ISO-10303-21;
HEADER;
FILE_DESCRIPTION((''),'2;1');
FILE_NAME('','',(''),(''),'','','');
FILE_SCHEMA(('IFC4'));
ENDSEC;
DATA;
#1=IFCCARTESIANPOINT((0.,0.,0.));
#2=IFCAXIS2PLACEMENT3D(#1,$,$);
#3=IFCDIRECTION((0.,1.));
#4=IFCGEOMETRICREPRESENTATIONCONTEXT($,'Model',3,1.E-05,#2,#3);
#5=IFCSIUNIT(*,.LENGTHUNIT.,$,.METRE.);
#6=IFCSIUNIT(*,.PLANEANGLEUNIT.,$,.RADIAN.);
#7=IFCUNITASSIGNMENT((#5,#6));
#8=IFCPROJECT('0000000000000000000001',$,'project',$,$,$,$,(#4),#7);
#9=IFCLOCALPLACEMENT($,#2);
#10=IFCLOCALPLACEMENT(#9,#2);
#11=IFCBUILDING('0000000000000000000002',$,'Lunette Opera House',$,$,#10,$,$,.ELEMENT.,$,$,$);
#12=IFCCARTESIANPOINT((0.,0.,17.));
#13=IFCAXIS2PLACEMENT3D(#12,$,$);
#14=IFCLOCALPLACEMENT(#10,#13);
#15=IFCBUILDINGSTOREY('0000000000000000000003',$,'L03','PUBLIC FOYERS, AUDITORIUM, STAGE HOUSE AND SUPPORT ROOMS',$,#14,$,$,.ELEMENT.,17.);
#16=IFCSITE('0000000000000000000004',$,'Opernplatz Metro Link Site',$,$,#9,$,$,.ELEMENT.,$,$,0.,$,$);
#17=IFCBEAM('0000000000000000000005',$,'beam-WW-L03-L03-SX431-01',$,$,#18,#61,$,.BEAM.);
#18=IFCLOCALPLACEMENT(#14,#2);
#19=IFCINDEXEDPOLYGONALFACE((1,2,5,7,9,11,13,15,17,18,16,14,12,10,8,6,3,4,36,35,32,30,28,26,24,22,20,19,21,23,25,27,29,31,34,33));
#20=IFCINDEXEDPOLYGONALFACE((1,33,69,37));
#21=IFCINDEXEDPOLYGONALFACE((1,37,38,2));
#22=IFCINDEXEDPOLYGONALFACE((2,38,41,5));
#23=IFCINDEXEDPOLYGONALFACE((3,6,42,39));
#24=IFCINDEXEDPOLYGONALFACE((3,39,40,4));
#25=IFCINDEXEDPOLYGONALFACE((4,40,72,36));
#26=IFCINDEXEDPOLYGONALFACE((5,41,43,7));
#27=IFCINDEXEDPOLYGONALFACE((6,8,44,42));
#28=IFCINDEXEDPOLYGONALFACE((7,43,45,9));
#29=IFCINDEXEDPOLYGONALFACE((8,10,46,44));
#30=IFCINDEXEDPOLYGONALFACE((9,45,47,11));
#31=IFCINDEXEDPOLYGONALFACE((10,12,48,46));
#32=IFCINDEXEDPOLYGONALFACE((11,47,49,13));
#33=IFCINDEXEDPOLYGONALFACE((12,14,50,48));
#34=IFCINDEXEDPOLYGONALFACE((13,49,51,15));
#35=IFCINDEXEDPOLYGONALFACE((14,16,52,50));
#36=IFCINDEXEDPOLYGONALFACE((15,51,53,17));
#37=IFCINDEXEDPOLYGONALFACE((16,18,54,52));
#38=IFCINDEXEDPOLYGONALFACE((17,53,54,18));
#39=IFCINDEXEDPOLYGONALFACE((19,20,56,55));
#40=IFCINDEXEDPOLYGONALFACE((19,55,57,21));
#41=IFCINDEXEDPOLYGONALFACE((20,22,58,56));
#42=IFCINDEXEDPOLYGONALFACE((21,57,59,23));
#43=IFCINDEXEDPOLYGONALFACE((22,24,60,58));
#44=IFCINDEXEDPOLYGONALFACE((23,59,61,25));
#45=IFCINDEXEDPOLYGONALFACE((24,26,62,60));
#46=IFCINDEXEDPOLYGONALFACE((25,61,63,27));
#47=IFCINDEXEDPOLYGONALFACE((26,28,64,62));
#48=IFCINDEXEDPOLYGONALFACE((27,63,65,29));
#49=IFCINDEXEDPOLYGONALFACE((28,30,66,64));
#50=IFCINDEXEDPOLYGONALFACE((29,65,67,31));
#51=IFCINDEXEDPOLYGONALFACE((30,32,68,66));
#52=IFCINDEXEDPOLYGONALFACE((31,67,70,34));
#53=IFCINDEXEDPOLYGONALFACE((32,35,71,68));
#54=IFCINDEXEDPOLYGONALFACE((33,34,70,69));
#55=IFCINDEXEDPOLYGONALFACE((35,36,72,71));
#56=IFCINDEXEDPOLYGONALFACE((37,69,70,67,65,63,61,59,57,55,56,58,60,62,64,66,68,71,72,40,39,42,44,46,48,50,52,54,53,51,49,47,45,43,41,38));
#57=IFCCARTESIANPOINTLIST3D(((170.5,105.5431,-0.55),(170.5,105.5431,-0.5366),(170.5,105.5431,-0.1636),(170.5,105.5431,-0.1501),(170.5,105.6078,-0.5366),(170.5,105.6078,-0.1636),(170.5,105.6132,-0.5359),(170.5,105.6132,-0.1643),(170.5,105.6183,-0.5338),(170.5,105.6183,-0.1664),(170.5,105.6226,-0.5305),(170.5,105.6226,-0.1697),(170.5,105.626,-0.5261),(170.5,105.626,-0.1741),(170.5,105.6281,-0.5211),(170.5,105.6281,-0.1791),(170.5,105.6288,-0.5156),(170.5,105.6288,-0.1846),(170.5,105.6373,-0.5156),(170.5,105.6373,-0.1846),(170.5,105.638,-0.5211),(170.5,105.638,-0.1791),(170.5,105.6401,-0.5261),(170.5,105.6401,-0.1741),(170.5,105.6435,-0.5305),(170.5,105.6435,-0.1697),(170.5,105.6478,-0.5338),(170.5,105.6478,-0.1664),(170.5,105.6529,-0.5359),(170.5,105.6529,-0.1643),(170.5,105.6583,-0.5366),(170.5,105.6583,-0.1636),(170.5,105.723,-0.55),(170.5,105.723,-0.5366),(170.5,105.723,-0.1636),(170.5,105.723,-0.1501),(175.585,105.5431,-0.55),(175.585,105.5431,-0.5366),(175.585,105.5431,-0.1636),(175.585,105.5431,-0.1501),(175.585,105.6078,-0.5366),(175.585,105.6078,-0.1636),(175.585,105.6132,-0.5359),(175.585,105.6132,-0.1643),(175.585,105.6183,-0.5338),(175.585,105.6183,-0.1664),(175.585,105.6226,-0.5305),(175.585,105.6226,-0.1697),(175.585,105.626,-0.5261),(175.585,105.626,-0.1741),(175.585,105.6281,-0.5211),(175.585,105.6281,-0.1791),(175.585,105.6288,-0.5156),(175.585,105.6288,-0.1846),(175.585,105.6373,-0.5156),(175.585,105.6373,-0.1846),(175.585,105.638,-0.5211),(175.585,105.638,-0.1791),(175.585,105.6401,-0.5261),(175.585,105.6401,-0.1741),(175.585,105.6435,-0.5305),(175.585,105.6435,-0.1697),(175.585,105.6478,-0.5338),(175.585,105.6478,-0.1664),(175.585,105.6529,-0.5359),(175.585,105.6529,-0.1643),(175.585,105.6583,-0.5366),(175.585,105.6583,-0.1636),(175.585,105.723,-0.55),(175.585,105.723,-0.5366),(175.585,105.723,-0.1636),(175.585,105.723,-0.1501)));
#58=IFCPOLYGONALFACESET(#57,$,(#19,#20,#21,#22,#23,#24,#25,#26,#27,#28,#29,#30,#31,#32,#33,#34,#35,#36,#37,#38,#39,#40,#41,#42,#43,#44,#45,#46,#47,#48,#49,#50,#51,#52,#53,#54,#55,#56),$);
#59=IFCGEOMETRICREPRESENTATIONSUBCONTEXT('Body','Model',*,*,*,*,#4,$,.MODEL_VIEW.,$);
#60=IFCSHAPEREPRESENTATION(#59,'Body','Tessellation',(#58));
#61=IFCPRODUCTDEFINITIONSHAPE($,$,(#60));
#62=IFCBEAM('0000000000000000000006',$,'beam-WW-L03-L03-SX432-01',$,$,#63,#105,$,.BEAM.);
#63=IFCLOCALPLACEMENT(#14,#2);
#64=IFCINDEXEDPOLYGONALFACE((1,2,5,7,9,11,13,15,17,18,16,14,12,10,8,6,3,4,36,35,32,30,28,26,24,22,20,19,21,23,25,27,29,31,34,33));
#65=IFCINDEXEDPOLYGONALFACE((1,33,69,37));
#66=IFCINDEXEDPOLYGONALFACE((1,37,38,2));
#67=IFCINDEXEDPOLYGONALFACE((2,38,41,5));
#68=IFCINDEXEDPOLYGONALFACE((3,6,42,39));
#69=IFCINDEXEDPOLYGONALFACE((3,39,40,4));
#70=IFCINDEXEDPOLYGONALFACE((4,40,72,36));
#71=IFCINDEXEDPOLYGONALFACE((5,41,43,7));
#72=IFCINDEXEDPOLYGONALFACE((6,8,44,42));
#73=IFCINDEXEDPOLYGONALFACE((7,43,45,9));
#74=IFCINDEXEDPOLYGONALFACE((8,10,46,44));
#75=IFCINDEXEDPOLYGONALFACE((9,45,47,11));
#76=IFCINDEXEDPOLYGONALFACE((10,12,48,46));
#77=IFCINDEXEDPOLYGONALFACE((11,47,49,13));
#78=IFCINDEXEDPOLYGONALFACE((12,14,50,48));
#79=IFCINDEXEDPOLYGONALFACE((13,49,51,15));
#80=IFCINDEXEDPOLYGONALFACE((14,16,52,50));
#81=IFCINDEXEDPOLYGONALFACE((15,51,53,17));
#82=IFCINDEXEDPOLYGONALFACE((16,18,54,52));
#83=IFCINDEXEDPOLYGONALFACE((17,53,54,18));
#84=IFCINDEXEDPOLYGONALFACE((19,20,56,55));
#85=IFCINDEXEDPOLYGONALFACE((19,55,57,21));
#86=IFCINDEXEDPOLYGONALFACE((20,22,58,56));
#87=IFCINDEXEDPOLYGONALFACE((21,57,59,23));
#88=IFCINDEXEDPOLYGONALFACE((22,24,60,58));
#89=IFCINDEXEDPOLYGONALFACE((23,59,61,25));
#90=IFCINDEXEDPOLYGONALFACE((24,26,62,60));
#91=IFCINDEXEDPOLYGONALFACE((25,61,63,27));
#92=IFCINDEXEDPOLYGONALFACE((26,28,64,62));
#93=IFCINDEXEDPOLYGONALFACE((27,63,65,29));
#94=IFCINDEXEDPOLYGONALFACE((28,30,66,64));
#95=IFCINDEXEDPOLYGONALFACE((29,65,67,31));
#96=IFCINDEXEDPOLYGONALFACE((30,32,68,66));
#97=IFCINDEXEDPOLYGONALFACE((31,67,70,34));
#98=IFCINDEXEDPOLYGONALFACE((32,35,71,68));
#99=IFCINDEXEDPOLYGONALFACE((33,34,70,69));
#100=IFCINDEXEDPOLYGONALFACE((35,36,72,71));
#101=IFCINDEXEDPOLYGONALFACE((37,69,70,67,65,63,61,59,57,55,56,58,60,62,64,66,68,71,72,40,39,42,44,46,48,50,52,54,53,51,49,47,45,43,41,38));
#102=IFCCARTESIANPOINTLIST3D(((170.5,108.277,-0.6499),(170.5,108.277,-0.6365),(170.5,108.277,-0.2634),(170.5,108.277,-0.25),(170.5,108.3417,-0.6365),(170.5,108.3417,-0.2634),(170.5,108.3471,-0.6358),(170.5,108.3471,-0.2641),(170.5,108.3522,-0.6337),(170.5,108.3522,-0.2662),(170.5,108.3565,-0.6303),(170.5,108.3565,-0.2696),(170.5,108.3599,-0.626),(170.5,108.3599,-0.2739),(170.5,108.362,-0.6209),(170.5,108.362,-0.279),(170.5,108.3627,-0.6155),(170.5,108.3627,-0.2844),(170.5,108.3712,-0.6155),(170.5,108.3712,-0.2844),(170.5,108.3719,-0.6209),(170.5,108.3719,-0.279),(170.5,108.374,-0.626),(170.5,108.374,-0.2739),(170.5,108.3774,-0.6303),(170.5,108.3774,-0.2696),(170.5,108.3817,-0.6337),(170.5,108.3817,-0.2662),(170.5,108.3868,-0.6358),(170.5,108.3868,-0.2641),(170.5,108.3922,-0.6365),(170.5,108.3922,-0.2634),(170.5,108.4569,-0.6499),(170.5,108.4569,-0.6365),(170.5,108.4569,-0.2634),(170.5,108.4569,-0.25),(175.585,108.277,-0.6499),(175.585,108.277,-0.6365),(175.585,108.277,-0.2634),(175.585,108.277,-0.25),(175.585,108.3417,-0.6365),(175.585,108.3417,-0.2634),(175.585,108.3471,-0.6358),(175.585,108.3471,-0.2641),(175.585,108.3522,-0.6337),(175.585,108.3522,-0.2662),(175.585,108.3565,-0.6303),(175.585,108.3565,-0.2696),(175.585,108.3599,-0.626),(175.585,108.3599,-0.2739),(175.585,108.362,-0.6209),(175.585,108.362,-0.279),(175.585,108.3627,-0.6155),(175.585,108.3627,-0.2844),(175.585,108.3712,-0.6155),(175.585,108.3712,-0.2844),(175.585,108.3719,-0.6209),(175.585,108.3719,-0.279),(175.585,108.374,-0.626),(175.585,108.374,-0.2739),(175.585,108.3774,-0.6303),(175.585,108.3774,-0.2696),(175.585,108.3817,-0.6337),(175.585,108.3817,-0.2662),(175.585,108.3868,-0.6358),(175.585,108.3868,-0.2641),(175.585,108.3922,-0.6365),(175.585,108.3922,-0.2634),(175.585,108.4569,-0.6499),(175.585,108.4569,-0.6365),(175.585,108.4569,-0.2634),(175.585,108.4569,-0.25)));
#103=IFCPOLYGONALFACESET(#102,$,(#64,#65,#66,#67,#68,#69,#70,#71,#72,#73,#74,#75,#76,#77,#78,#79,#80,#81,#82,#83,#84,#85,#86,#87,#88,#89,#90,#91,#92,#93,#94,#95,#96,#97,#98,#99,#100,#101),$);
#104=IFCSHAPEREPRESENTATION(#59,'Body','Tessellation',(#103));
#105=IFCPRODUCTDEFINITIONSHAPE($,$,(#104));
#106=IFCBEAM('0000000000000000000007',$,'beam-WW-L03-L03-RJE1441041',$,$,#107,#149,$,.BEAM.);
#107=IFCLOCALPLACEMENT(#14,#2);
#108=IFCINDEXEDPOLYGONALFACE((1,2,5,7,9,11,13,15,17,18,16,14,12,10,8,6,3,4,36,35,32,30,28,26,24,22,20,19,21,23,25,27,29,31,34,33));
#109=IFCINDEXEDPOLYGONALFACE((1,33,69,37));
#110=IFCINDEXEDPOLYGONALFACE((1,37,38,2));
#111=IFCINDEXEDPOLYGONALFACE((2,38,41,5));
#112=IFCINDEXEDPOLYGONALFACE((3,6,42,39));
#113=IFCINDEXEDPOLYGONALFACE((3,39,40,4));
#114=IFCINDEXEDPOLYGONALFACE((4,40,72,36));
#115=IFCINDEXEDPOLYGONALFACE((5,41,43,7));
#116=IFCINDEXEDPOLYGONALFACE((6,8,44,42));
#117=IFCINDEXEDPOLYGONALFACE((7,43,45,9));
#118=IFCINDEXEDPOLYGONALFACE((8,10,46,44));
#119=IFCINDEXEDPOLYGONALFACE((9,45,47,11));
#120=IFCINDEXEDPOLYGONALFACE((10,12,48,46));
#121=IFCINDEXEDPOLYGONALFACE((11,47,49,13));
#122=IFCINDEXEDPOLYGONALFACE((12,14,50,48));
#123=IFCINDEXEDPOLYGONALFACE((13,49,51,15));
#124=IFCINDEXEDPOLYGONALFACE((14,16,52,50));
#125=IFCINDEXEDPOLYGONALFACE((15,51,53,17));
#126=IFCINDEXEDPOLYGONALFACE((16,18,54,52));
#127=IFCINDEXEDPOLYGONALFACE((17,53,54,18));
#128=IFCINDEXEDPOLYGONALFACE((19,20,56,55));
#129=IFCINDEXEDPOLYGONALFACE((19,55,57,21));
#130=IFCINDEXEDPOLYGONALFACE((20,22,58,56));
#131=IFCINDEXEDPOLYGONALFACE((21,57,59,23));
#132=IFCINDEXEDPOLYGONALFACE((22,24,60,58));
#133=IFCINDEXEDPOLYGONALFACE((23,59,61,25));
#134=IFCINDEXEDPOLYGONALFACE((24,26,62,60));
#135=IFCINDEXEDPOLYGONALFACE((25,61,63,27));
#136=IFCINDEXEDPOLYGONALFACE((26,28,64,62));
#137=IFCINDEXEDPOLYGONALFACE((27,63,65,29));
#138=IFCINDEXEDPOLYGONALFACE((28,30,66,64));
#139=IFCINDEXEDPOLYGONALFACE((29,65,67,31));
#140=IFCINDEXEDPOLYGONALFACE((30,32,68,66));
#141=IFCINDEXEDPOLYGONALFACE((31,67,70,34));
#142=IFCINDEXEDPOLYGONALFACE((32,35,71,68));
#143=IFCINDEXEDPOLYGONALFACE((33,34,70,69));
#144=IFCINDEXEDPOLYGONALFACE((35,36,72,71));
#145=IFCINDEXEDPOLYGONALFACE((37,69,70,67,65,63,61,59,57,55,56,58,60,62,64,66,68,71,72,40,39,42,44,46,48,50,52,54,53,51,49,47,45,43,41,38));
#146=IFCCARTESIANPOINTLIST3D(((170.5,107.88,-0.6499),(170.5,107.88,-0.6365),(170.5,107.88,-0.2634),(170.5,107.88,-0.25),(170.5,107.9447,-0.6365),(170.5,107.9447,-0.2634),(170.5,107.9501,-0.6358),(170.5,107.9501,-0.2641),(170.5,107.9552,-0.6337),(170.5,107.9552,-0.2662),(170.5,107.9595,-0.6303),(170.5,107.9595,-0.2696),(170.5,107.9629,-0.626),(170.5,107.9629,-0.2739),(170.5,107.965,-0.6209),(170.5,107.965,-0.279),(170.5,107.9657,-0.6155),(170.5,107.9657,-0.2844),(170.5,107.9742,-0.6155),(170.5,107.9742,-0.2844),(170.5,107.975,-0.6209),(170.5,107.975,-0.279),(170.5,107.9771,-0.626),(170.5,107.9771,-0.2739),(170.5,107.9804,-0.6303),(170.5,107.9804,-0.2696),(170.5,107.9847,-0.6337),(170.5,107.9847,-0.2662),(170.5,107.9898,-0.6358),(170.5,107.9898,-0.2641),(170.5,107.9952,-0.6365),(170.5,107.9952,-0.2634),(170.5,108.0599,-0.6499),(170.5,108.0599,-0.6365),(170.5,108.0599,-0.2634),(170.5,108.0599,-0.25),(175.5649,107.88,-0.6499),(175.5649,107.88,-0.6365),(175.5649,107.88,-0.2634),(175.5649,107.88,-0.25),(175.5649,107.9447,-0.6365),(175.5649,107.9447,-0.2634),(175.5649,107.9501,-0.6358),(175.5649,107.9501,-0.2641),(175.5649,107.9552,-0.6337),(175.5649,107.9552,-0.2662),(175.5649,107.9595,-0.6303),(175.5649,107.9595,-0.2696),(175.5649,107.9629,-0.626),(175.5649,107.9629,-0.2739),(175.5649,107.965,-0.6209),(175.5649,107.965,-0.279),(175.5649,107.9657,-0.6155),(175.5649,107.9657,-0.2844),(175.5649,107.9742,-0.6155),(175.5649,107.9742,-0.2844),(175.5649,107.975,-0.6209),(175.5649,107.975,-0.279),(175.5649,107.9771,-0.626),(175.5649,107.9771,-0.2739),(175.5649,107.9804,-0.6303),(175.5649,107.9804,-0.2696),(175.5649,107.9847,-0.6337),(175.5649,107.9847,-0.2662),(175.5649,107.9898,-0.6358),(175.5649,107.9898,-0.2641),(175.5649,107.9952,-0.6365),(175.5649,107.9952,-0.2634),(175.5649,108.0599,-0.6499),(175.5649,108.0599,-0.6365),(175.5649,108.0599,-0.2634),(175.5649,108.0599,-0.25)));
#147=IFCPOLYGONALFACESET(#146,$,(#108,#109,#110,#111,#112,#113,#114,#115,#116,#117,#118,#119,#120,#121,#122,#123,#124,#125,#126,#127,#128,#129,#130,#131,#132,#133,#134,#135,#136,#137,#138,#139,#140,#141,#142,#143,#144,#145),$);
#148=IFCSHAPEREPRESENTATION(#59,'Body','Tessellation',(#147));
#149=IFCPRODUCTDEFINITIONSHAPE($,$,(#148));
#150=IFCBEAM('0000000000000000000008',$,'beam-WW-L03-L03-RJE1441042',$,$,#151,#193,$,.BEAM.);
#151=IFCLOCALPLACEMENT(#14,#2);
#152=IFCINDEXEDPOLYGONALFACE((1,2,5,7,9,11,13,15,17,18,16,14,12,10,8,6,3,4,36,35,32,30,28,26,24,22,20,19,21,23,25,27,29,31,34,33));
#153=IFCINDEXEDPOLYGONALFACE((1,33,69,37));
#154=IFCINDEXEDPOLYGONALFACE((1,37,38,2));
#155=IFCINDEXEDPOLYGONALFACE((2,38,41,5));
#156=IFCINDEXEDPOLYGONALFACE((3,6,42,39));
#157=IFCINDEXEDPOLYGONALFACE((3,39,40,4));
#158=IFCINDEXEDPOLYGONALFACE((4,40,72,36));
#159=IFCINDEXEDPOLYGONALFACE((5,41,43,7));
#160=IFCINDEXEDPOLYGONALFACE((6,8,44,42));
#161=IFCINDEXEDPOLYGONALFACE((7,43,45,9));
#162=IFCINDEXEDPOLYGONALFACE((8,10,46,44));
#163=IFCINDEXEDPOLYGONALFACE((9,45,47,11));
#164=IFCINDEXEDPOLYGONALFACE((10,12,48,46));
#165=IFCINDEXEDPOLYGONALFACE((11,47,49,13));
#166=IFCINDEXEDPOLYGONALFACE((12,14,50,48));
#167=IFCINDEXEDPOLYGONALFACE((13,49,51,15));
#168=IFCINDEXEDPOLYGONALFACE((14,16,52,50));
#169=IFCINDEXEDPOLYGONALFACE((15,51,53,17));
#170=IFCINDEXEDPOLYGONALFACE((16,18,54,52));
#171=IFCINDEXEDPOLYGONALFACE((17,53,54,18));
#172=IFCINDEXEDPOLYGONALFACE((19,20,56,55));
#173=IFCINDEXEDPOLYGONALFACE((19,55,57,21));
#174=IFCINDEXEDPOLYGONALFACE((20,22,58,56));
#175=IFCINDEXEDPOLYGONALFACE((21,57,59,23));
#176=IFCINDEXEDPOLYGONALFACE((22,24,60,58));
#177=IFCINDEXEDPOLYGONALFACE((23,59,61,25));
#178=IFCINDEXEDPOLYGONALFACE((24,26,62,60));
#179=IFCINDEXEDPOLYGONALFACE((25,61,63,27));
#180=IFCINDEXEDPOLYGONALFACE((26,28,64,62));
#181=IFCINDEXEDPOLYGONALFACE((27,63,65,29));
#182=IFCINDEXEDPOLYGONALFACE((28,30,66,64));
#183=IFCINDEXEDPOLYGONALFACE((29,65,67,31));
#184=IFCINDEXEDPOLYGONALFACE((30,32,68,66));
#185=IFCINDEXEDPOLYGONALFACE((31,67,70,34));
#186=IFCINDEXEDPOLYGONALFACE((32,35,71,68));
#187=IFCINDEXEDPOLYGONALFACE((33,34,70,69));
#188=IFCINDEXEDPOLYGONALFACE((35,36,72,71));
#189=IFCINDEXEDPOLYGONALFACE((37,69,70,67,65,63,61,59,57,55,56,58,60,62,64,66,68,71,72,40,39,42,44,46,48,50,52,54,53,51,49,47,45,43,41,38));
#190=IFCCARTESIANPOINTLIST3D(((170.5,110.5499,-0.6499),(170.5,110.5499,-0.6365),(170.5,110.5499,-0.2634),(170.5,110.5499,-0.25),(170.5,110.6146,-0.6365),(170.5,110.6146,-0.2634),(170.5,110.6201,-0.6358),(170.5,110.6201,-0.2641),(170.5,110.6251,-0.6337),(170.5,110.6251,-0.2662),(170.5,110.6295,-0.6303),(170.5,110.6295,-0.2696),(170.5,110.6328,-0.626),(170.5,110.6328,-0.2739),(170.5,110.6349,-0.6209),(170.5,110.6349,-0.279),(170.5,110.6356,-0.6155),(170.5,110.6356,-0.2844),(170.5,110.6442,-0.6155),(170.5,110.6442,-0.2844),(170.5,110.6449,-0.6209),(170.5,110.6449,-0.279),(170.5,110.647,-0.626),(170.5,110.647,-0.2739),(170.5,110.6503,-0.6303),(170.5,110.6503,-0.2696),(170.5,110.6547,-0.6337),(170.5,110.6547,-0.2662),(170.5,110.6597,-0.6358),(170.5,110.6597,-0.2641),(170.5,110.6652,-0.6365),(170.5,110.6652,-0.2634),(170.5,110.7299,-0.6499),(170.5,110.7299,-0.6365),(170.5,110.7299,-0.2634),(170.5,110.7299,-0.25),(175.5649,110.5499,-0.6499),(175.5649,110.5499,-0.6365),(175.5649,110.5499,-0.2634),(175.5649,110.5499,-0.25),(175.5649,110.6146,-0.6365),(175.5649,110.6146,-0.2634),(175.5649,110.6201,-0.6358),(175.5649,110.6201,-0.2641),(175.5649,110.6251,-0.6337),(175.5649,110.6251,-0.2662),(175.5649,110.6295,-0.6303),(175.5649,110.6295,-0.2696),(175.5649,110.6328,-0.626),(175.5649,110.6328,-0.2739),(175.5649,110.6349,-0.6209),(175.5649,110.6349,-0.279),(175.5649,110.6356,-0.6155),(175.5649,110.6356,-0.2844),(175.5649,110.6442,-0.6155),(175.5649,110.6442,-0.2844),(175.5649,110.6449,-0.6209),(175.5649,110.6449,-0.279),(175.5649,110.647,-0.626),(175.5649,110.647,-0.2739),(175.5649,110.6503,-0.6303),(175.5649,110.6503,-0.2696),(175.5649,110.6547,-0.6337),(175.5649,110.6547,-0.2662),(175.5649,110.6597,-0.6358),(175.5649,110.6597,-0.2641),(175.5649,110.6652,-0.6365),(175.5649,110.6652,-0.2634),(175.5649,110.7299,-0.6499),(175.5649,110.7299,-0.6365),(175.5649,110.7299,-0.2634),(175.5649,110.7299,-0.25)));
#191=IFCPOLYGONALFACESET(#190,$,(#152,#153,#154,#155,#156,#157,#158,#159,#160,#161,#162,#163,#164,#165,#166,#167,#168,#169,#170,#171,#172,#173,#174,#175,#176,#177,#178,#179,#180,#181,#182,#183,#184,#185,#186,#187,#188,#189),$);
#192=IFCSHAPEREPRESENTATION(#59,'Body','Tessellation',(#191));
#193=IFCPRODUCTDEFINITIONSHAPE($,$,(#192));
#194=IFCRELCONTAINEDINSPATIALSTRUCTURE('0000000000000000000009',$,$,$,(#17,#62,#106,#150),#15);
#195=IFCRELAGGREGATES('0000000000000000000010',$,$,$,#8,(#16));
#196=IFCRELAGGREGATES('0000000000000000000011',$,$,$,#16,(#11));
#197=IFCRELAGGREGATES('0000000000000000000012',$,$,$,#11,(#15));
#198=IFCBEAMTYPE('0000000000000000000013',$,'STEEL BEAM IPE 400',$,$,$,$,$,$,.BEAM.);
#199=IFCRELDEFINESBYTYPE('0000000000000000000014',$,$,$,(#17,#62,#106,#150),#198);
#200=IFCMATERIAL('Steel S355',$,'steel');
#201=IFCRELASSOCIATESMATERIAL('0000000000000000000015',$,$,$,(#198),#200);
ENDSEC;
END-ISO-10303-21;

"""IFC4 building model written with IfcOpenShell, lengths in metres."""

from ifc_helpers import new_model, si_unit, direction, frame, origin, origin_2d, place, context, subcontext, project, spatial, i_section, extrude, material, material_profile, profile_set, type_object, element, save


model = new_model("IFC4")

# Units and contexts
model_context = context("Model", 3, precision=1e-05, world=origin(), true_north=direction((0.0, 1.0)))
body_context = subcontext(model_context, "Body", "Model", "MODEL_VIEW")
ifc_project = project(units=[si_unit("LENGTHUNIT", "METRE"), si_unit("PLANEANGLEUNIT", "RADIAN")], contexts=[model_context])

# Site, building, storey
site_placement = place(None, origin())
site = spatial("IfcSite", under=ifc_project, at=site_placement, Name="Opernplatz Metro Link Site", CompositionType="ELEMENT", RefElevation=0.0)
building_placement = place(site_placement, origin())
building = spatial("IfcBuilding", under=site, at=building_placement, Name="Lunette Opera House", CompositionType="ELEMENT")
storey_placement = place(building_placement, frame((0.0, 0.0, 17.0)))
storey = spatial("IfcBuildingStorey", under=building, at=storey_placement, Name="L03", Description="PUBLIC FOYERS, AUDITORIUM, STAGE HOUSE AND SUPPORT ROOMS", CompositionType="ELEMENT", Elevation=17.0)

# Beams
ifc_material_1 = material(Name="Steel S355", Category="steel")
ifc_material_profile_1 = material_profile(ifc_material_1, i_section(OverallWidth=0.1799, OverallDepth=0.3999, WebThickness=0.0085, FlangeThickness=0.0134, FilletRadius=0.021, at=origin_2d()), Name="IPE 400")
ifc_profile_set_1 = profile_set([ifc_material_profile_1], Name="Steel S355")
beam_type_1 = type_object("IfcBeamType", Name="STEEL BEAM IPE 400", PredefinedType="BEAM", material=ifc_profile_set_1)
for number, where, z_axis, x_axis, name in (
    (1, (170.5, 105.6331, -0.3501), (1.0, 0.0, 0.0), (0.0, 1.0, 0.0), "beam-WW-L03-L03-SX431-01"),
    (2, (170.5, 108.3669, -0.45), (1.0, 0.0, 0.0), (0.0, 1.0, 0.0), "beam-WW-L03-L03-SX432-01"),
):
    element("IfcBeam", number, at=place(storey_placement, frame(where, z_axis=z_axis, x_axis=x_axis)), inside=storey, type_object=beam_type_1, Name=name, PredefinedType="BEAM", context=body_context, shape_type="SweptSolid", body=[
        extrude(i_section(OverallWidth=0.1799, OverallDepth=0.3999, WebThickness=0.0085, FlangeThickness=0.0134, FilletRadius=0.021, at=origin_2d()), origin(), (0.0, 0.0, 1.0), 5.085),
    ])
for number, where, z_axis, x_axis, name in (
    (3, (170.5, 107.97, -0.45), (1.0, 0.0, 0.0), (0.0, 1.0, 0.0), "beam-WW-L03-L03-RJE1441041"),
    (4, (170.5, 110.6399, -0.45), (1.0, 0.0, 0.0), (0.0, 1.0, 0.0), "beam-WW-L03-L03-RJE1441042"),
):
    element("IfcBeam", number, at=place(storey_placement, frame(where, z_axis=z_axis, x_axis=x_axis)), inside=storey, type_object=beam_type_1, Name=name, PredefinedType="BEAM", context=body_context, shape_type="SweptSolid", body=[
        extrude(i_section(OverallWidth=0.1799, OverallDepth=0.3999, WebThickness=0.0085, FlangeThickness=0.0134, FilletRadius=0.021, at=origin_2d()), origin(), (0.0, 0.0, 1.0), 5.0649),
    ])

save(model, "model.ifc")
